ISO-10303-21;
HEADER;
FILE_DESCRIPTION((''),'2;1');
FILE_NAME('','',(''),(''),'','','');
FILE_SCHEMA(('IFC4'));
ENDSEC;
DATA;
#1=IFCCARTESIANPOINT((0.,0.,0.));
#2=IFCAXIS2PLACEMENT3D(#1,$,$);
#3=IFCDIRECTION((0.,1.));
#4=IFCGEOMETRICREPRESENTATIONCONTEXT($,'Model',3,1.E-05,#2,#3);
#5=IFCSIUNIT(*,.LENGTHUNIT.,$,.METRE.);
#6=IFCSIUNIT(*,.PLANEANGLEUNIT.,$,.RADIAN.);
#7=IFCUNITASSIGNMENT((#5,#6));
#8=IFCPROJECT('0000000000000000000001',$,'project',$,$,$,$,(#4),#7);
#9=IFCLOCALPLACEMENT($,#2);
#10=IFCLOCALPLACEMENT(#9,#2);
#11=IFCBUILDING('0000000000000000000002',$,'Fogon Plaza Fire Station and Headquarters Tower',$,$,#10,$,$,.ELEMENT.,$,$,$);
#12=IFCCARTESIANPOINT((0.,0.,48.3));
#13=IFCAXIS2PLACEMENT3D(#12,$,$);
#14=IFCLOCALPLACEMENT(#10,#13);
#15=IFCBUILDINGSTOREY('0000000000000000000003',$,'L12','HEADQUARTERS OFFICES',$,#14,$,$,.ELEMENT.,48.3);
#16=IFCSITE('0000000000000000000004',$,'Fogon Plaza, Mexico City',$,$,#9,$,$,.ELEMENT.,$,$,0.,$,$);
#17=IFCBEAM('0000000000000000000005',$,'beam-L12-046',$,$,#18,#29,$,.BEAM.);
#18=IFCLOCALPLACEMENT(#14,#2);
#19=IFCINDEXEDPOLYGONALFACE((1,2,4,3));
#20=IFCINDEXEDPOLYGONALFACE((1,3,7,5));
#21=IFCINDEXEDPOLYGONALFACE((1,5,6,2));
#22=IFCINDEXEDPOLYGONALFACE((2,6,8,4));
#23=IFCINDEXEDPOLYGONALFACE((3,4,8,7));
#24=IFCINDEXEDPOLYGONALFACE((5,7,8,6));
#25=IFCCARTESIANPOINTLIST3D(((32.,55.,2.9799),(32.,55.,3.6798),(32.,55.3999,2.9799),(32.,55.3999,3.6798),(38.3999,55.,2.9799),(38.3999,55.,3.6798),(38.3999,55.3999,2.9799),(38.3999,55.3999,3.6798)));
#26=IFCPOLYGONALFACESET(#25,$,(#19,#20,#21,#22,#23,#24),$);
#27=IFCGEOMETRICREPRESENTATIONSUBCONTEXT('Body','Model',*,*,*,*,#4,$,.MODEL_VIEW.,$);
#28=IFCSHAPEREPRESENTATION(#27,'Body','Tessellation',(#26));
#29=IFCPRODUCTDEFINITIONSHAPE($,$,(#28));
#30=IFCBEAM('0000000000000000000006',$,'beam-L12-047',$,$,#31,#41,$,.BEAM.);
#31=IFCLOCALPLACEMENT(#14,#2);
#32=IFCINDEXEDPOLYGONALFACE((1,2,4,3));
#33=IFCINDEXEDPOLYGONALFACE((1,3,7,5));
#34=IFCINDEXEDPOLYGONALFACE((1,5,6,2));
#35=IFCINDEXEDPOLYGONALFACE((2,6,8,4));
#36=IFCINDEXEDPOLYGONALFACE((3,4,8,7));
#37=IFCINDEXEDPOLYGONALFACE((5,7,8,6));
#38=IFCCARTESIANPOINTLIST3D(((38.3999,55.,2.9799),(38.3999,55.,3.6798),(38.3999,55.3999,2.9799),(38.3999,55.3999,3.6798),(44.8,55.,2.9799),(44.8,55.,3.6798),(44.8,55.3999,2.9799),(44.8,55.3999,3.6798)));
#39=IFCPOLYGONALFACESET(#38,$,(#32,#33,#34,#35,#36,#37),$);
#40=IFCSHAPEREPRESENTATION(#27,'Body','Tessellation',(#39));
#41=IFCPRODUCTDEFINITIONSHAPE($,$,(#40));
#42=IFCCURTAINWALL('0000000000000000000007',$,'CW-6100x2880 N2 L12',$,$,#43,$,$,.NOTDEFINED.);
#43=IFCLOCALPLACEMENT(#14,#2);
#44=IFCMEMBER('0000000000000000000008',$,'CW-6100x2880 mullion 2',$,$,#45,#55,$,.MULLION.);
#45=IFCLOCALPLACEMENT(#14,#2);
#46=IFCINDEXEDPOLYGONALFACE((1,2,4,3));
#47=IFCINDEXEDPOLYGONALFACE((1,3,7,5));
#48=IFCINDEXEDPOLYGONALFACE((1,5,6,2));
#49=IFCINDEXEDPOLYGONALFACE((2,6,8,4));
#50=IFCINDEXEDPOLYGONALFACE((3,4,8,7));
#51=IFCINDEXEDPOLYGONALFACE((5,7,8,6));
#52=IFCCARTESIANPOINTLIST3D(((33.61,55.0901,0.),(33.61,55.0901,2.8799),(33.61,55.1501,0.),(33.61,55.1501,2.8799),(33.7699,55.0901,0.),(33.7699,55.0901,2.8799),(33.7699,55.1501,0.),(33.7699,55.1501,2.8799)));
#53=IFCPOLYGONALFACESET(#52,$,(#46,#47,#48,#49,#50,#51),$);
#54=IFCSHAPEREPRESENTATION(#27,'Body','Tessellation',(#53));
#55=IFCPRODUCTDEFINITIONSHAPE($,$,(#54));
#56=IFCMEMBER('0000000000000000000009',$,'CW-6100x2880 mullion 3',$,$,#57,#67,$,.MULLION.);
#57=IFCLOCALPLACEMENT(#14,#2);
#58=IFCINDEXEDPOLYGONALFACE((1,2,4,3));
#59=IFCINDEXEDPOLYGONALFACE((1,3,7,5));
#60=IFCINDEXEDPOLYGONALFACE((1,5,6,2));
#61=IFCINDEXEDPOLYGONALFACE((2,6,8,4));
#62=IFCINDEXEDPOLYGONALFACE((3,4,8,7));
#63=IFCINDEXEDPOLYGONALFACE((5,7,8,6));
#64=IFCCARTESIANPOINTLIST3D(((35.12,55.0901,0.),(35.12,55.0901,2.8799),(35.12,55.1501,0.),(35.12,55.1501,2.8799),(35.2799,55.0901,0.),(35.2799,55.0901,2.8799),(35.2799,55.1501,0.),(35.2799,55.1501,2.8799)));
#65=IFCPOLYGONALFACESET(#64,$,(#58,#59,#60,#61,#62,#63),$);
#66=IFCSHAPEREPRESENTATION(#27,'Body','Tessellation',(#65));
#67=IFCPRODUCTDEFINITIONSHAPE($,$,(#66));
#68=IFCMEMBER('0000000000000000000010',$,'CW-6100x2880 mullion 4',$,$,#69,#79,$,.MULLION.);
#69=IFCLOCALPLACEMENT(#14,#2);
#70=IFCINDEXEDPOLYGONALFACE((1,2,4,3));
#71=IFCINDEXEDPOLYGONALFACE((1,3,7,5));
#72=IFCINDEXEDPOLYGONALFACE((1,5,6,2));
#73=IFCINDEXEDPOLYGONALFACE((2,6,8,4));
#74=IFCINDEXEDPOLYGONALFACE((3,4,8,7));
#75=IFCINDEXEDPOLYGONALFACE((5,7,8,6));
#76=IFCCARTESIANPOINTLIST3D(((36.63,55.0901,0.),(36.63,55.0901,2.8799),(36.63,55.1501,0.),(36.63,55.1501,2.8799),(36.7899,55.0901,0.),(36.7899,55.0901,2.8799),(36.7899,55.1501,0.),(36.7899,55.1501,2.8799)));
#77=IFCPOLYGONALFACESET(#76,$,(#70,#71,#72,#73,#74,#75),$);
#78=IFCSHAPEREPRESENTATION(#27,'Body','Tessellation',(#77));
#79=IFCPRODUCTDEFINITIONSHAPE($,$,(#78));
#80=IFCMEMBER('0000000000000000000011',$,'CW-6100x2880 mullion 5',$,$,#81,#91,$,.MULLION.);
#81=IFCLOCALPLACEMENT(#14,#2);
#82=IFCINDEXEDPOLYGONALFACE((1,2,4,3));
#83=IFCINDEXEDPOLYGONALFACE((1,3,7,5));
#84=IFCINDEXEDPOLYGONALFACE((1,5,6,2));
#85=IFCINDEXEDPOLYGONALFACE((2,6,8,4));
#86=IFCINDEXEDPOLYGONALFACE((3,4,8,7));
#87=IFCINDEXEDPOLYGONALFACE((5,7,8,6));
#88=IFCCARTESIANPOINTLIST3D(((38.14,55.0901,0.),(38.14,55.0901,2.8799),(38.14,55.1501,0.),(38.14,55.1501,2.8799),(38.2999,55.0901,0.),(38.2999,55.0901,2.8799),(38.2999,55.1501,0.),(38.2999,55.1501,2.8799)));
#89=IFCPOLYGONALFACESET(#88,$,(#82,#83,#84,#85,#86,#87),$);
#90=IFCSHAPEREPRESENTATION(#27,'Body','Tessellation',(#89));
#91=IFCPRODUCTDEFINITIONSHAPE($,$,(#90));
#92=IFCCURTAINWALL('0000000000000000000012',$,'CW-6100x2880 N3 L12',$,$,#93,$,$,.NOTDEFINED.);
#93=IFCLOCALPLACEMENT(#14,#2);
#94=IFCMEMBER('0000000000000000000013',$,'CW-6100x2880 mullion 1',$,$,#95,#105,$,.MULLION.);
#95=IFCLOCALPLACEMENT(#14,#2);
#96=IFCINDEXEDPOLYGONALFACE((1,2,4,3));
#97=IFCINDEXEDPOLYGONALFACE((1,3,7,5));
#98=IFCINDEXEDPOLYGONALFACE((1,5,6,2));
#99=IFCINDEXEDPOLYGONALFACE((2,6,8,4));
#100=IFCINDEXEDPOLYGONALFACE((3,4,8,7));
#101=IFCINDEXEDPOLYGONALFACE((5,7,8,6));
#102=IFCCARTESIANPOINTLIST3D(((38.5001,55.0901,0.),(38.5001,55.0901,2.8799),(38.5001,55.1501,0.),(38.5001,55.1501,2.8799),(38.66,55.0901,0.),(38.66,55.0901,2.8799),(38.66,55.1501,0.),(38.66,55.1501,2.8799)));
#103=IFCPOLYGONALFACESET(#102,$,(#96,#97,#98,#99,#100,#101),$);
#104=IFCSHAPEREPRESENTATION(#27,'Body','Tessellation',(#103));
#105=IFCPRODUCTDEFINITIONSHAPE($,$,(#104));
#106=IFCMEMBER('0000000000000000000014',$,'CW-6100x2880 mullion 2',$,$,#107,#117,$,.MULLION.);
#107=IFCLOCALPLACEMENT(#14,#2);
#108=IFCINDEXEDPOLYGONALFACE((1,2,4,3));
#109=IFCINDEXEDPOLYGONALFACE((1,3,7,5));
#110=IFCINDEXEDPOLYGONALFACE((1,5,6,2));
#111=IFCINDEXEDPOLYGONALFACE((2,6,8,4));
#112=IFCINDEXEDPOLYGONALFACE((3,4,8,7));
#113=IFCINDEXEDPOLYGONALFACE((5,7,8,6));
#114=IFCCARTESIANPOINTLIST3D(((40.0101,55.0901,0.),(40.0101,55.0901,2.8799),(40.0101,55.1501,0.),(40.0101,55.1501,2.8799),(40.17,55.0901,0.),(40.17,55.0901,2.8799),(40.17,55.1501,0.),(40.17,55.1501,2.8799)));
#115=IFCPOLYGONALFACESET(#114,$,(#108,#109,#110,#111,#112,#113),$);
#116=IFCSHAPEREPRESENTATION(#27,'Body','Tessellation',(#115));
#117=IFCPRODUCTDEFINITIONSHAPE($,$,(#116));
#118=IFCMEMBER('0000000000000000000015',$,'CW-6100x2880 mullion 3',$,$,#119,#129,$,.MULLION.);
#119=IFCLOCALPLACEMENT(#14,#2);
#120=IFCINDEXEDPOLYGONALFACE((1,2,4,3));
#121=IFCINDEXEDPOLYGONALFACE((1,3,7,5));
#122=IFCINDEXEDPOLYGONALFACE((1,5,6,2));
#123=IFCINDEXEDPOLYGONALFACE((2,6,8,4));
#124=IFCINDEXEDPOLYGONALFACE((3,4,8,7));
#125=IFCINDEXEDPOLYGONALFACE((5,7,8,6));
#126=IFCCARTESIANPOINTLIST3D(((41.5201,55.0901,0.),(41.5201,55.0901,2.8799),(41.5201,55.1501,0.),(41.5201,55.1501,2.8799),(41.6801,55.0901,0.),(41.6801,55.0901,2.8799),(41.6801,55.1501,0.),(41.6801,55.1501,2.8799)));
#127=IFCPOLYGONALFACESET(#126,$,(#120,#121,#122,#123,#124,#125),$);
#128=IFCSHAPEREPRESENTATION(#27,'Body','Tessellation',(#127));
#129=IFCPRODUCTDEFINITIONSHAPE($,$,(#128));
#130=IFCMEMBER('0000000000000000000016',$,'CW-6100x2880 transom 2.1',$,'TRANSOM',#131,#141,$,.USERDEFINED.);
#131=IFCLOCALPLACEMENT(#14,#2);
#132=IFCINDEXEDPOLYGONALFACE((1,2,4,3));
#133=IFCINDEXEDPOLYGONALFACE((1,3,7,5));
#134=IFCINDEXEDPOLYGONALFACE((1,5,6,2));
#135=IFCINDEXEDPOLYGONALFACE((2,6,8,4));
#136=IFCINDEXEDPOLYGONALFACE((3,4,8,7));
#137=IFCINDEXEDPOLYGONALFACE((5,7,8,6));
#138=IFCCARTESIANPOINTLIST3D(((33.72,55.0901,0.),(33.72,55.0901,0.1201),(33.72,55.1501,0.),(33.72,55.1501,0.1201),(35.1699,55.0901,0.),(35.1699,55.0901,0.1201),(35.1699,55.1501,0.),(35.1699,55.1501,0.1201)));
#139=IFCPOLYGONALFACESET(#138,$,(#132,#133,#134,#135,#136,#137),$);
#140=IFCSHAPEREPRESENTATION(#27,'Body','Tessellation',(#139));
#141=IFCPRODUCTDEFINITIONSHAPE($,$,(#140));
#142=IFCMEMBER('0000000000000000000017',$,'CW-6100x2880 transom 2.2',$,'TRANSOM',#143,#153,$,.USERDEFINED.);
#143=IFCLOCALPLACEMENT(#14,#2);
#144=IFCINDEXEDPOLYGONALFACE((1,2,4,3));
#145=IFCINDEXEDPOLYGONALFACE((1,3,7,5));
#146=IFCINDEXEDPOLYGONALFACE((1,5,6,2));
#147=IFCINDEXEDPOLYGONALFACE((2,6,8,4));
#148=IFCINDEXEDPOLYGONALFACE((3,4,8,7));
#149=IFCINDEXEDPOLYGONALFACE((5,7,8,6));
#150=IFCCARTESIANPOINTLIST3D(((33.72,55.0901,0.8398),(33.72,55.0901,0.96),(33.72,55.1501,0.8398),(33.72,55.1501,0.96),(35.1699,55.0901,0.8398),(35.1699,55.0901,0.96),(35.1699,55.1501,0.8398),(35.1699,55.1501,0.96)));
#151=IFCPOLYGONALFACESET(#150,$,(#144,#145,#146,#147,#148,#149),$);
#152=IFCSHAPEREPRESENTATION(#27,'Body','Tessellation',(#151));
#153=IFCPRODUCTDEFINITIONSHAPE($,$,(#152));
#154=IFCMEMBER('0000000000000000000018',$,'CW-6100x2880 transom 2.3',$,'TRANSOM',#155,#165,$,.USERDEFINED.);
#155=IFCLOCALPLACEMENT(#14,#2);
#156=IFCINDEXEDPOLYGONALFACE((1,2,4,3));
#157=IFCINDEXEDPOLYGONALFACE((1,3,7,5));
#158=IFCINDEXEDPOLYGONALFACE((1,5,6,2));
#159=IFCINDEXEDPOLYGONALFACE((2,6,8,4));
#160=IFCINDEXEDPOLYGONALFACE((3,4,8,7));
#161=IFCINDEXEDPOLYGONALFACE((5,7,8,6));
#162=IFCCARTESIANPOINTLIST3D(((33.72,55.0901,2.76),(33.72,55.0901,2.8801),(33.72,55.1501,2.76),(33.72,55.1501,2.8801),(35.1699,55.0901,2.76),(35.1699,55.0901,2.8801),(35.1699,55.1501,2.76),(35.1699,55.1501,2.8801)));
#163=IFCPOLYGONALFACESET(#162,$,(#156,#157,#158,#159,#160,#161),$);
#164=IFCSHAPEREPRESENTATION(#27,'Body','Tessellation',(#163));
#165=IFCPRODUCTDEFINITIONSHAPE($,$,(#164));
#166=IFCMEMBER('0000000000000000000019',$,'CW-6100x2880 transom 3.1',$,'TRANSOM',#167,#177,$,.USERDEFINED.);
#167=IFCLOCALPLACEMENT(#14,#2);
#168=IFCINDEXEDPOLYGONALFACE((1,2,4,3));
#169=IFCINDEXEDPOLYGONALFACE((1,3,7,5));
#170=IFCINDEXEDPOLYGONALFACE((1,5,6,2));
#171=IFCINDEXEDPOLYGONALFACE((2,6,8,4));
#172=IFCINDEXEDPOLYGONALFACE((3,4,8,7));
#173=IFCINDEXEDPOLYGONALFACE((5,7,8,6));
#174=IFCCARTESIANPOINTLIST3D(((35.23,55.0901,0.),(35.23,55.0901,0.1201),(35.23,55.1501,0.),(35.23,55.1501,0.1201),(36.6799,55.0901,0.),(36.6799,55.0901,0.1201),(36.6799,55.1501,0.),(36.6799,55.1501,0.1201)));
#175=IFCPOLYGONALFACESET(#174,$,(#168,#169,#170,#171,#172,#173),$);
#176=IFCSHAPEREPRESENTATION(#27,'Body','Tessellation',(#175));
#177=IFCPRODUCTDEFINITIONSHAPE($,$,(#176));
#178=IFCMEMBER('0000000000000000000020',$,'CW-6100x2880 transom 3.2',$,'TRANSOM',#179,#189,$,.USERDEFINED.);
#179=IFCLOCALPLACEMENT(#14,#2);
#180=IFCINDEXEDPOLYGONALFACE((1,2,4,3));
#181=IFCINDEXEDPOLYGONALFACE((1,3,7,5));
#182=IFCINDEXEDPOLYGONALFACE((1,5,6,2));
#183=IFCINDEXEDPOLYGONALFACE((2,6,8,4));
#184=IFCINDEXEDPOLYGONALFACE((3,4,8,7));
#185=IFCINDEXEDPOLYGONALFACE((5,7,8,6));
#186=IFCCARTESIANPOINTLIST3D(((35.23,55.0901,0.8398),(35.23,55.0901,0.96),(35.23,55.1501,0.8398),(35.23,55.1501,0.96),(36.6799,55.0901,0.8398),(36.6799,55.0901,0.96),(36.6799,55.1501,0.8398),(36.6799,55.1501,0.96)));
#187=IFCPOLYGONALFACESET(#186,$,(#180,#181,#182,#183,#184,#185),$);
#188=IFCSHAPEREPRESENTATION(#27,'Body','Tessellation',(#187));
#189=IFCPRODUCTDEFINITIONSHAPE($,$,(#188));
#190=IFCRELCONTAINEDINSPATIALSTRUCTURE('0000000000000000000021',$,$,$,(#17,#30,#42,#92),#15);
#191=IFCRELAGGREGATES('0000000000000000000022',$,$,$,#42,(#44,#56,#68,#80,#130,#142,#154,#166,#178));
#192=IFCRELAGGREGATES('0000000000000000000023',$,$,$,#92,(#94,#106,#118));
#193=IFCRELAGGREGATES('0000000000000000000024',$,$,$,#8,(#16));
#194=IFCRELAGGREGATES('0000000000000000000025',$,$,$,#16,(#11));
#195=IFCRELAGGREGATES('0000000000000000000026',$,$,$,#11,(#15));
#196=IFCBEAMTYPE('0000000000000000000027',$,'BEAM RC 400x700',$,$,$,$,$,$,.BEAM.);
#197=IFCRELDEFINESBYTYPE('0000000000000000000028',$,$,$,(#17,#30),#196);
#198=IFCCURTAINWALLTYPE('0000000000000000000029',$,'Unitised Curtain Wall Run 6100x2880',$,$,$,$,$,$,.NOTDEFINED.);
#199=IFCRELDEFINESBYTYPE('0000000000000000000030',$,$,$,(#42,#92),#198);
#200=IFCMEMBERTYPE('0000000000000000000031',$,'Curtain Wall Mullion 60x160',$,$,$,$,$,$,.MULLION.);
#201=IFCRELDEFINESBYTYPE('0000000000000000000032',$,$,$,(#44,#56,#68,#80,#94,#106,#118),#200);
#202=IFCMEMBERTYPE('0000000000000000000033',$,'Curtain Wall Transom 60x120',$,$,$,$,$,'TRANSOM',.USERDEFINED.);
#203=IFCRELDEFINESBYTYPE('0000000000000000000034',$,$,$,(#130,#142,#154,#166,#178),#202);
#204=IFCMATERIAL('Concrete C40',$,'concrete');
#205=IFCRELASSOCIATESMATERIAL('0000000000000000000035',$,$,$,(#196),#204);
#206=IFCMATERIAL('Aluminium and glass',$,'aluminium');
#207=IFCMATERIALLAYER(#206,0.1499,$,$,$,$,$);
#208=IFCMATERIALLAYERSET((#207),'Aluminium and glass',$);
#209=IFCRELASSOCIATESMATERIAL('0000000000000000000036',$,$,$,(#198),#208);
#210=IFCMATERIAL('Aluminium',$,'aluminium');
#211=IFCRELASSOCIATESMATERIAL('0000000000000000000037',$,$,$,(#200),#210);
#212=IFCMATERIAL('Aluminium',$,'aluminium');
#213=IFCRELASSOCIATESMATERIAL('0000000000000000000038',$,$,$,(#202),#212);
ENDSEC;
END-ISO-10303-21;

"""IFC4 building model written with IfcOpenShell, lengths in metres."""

from ifc_helpers import new_model, si_unit, direction, frame, origin, origin_2d, place, context, subcontext, project, spatial, rectangle, extrude, material, layer, layer_set, material_profile, profile_set, type_object, element, aggregate, save


model = new_model("IFC4")

# Units and contexts
model_context = context("Model", 3, precision=1e-05, world=origin(), true_north=direction((0.0, 1.0)))
body_context = subcontext(model_context, "Body", "Model", "MODEL_VIEW")
ifc_project = project(units=[si_unit("LENGTHUNIT", "METRE"), si_unit("PLANEANGLEUNIT", "RADIAN")], contexts=[model_context])

# Site, building, storey
site_placement = place(None, origin())
site = spatial("IfcSite", under=ifc_project, at=site_placement, Name="Fogon Plaza, Mexico City", CompositionType="ELEMENT", RefElevation=0.0)
building_placement = place(site_placement, origin())
building = spatial("IfcBuilding", under=site, at=building_placement, Name="Fogon Plaza Fire Station and Headquarters Tower", CompositionType="ELEMENT")
storey_placement = place(building_placement, frame((0.0, 0.0, 48.3)))
storey = spatial("IfcBuildingStorey", under=building, at=storey_placement, Name="L12", Description="HEADQUARTERS OFFICES", CompositionType="ELEMENT", Elevation=48.3)

# Beams
ifc_material_1 = material(Name="Concrete C40", Category="concrete")
ifc_material_profile_1 = material_profile(ifc_material_1, rectangle(XDim=0.3999, YDim=0.7, at=origin_2d()), Name="RC 400x700")
ifc_profile_set_1 = profile_set([ifc_material_profile_1], Name="Concrete C40")
beam_type = type_object("IfcBeamType", Name="BEAM RC 400x700", PredefinedType="BEAM", material=ifc_profile_set_1)
beam_1_placement = place(storey_placement, frame((32.0, 55.2, 3.3298), z_axis=(1.0, 0.0, 0.0), x_axis=(0.0, 1.0, 0.0)))
element("IfcBeam", 1, at=beam_1_placement, inside=storey, type_object=beam_type, Name="beam-L12-046", PredefinedType="BEAM", context=body_context, shape_type="SweptSolid", body=[
    extrude(rectangle(XDim=0.3999, YDim=0.7, at=origin_2d()), origin(), (0.0, 0.0, 1.0), 6.3999),
])
beam_2_placement = place(storey_placement, frame((38.3999, 55.2, 3.3298), z_axis=(1.0, 0.0, 0.0), x_axis=(0.0, 1.0, 0.0)))
element("IfcBeam", 2, at=beam_2_placement, inside=storey, type_object=beam_type, Name="beam-L12-047", PredefinedType="BEAM", context=body_context, shape_type="SweptSolid", body=[
    extrude(rectangle(XDim=0.3999, YDim=0.7, at=origin_2d()), origin(), (0.0, 0.0, 1.0), 6.4001),
])

# Curtain walls, members
ifc_material_2 = material(Name="Aluminium and glass", Category="aluminium")
ifc_layer_1 = layer(ifc_material_2, 0.1499)
ifc_layer_set_1 = layer_set([ifc_layer_1], Name="Aluminium and glass")
curtain_wall_type = type_object("IfcCurtainWallType", Name="Unitised Curtain Wall Run 6100x2880", PredefinedType="NOTDEFINED", material=ifc_layer_set_1)
curtain_wall_1_placement = place(storey_placement, origin())
curtain_wall_1 = element("IfcCurtainWall", 3, at=curtain_wall_1_placement, inside=storey, type_object=curtain_wall_type, Name="CW-6100x2880 N2 L12", PredefinedType="NOTDEFINED")
ifc_material_3 = material(Name="Aluminium", Category="aluminium")
ifc_material_profile_2 = material_profile(ifc_material_3, rectangle(XDim=0.0601, YDim=0.1599, at=origin_2d()), Name="Curtain Wall Mullion 60x160")
ifc_profile_set_2 = profile_set([ifc_material_profile_2], Name="Aluminium")
member_type_1 = type_object("IfcMemberType", Name="Curtain Wall Mullion 60x160", PredefinedType="MULLION", material=ifc_profile_set_2)
member_1_placement = place(storey_placement, frame((33.6899, 55.1201, 0.0), z_axis=(0.0, 0.0, 1.0), x_axis=(0.0, 1.0, 0.0)))
member_1 = element("IfcMember", 4, at=member_1_placement, type_object=member_type_1, Name="CW-6100x2880 mullion 2", PredefinedType="MULLION", context=body_context, shape_type="SweptSolid", body=[
    extrude(rectangle(XDim=0.0601, YDim=0.1599, at=origin_2d()), origin(), (0.0, 0.0, 1.0), 2.8799),
])
member_2_placement = place(storey_placement, frame((35.2, 55.1201, 0.0), z_axis=(0.0, 0.0, 1.0), x_axis=(0.0, 1.0, 0.0)))
member_2 = element("IfcMember", 5, at=member_2_placement, type_object=member_type_1, Name="CW-6100x2880 mullion 3", PredefinedType="MULLION", context=body_context, shape_type="SweptSolid", body=[
    extrude(rectangle(XDim=0.0601, YDim=0.1599, at=origin_2d()), origin(), (0.0, 0.0, 1.0), 2.8799),
])
member_3_placement = place(storey_placement, frame((36.71, 55.1201, 0.0), z_axis=(0.0, 0.0, 1.0), x_axis=(0.0, 1.0, 0.0)))
member_3 = element("IfcMember", 6, at=member_3_placement, type_object=member_type_1, Name="CW-6100x2880 mullion 4", PredefinedType="MULLION", context=body_context, shape_type="SweptSolid", body=[
    extrude(rectangle(XDim=0.0601, YDim=0.1599, at=origin_2d()), origin(), (0.0, 0.0, 1.0), 2.8799),
])
member_4_placement = place(storey_placement, frame((38.22, 55.1201, 0.0), z_axis=(0.0, 0.0, 1.0), x_axis=(0.0, 1.0, 0.0)))
member_4 = element("IfcMember", 7, at=member_4_placement, type_object=member_type_1, Name="CW-6100x2880 mullion 5", PredefinedType="MULLION", context=body_context, shape_type="SweptSolid", body=[
    extrude(rectangle(XDim=0.0601, YDim=0.1599, at=origin_2d()), origin(), (0.0, 0.0, 1.0), 2.8799),
])
curtain_wall_2_placement = place(storey_placement, origin())
curtain_wall_2 = element("IfcCurtainWall", 8, at=curtain_wall_2_placement, inside=storey, type_object=curtain_wall_type, Name="CW-6100x2880 N3 L12", PredefinedType="NOTDEFINED")
member_5_placement = place(storey_placement, frame((38.5801, 55.1201, 0.0), z_axis=(0.0, 0.0, 1.0), x_axis=(0.0, 1.0, 0.0)))
member_5 = element("IfcMember", 9, at=member_5_placement, type_object=member_type_1, Name="CW-6100x2880 mullion 1", PredefinedType="MULLION", context=body_context, shape_type="SweptSolid", body=[
    extrude(rectangle(XDim=0.0601, YDim=0.1599, at=origin_2d()), origin(), (0.0, 0.0, 1.0), 2.8799),
])
member_6_placement = place(storey_placement, frame((40.0901, 55.1201, 0.0), z_axis=(0.0, 0.0, 1.0), x_axis=(0.0, 1.0, 0.0)))
member_6 = element("IfcMember", 10, at=member_6_placement, type_object=member_type_1, Name="CW-6100x2880 mullion 2", PredefinedType="MULLION", context=body_context, shape_type="SweptSolid", body=[
    extrude(rectangle(XDim=0.0601, YDim=0.1599, at=origin_2d()), origin(), (0.0, 0.0, 1.0), 2.8799),
])
member_7_placement = place(storey_placement, frame((41.6001, 55.1201, 0.0), z_axis=(0.0, 0.0, 1.0), x_axis=(0.0, 1.0, 0.0)))
member_7 = element("IfcMember", 11, at=member_7_placement, type_object=member_type_1, Name="CW-6100x2880 mullion 3", PredefinedType="MULLION", context=body_context, shape_type="SweptSolid", body=[
    extrude(rectangle(XDim=0.0601, YDim=0.1599, at=origin_2d()), origin(), (0.0, 0.0, 1.0), 2.8799),
])

# Members
ifc_material_4 = material(Name="Aluminium", Category="aluminium")
ifc_material_profile_3 = material_profile(ifc_material_4, rectangle(XDim=0.0601, YDim=0.1201, at=origin_2d()), Name="Curtain Wall Transom 60x120")
ifc_profile_set_3 = profile_set([ifc_material_profile_3], Name="Aluminium")
member_type_2 = type_object("IfcMemberType", Name="Curtain Wall Transom 60x120", ElementType="TRANSOM", PredefinedType="USERDEFINED", material=ifc_profile_set_3)
member_8_placement = place(storey_placement, frame((33.72, 55.1201, 0.0601), z_axis=(1.0, 0.0, 0.0), x_axis=(0.0, 1.0, 0.0)))
member_8 = element("IfcMember", 12, at=member_8_placement, type_object=member_type_2, Name="CW-6100x2880 transom 2.1", ObjectType="TRANSOM", PredefinedType="USERDEFINED", context=body_context, shape_type="SweptSolid", body=[
    extrude(rectangle(XDim=0.0601, YDim=0.1201, at=origin_2d()), origin(), (0.0, 0.0, 1.0), 1.45),
])
member_9_placement = place(storey_placement, frame((33.72, 55.1201, 0.8999), z_axis=(1.0, 0.0, 0.0), x_axis=(0.0, 1.0, 0.0)))
member_9 = element("IfcMember", 13, at=member_9_placement, type_object=member_type_2, Name="CW-6100x2880 transom 2.2", ObjectType="TRANSOM", PredefinedType="USERDEFINED", context=body_context, shape_type="SweptSolid", body=[
    extrude(rectangle(XDim=0.0601, YDim=0.1201, at=origin_2d()), origin(), (0.0, 0.0, 1.0), 1.45),
])
member_10_placement = place(storey_placement, frame((33.72, 55.1201, 2.8201), z_axis=(1.0, 0.0, 0.0), x_axis=(0.0, 1.0, 0.0)))
member_10 = element("IfcMember", 14, at=member_10_placement, type_object=member_type_2, Name="CW-6100x2880 transom 2.3", ObjectType="TRANSOM", PredefinedType="USERDEFINED", context=body_context, shape_type="SweptSolid", body=[
    extrude(rectangle(XDim=0.0601, YDim=0.1201, at=origin_2d()), origin(), (0.0, 0.0, 1.0), 1.45),
])
member_11_placement = place(storey_placement, frame((35.23, 55.1201, 0.0601), z_axis=(1.0, 0.0, 0.0), x_axis=(0.0, 1.0, 0.0)))
member_11 = element("IfcMember", 15, at=member_11_placement, type_object=member_type_2, Name="CW-6100x2880 transom 3.1", ObjectType="TRANSOM", PredefinedType="USERDEFINED", context=body_context, shape_type="SweptSolid", body=[
    extrude(rectangle(XDim=0.0601, YDim=0.1201, at=origin_2d()), origin(), (0.0, 0.0, 1.0), 1.45),
])
member_12_placement = place(storey_placement, frame((35.23, 55.1201, 0.8999), z_axis=(1.0, 0.0, 0.0), x_axis=(0.0, 1.0, 0.0)))
member_12 = element("IfcMember", 16, at=member_12_placement, type_object=member_type_2, Name="CW-6100x2880 transom 3.2", ObjectType="TRANSOM", PredefinedType="USERDEFINED", context=body_context, shape_type="SweptSolid", body=[
    extrude(rectangle(XDim=0.0601, YDim=0.1201, at=origin_2d()), origin(), (0.0, 0.0, 1.0), 1.45),
])

aggregate(curtain_wall_1, [member_1, member_2, member_3, member_4, member_8, member_9, member_10, member_11, member_12])
aggregate(curtain_wall_2, [member_5, member_6, member_7])

save(model, "model.ifc")
